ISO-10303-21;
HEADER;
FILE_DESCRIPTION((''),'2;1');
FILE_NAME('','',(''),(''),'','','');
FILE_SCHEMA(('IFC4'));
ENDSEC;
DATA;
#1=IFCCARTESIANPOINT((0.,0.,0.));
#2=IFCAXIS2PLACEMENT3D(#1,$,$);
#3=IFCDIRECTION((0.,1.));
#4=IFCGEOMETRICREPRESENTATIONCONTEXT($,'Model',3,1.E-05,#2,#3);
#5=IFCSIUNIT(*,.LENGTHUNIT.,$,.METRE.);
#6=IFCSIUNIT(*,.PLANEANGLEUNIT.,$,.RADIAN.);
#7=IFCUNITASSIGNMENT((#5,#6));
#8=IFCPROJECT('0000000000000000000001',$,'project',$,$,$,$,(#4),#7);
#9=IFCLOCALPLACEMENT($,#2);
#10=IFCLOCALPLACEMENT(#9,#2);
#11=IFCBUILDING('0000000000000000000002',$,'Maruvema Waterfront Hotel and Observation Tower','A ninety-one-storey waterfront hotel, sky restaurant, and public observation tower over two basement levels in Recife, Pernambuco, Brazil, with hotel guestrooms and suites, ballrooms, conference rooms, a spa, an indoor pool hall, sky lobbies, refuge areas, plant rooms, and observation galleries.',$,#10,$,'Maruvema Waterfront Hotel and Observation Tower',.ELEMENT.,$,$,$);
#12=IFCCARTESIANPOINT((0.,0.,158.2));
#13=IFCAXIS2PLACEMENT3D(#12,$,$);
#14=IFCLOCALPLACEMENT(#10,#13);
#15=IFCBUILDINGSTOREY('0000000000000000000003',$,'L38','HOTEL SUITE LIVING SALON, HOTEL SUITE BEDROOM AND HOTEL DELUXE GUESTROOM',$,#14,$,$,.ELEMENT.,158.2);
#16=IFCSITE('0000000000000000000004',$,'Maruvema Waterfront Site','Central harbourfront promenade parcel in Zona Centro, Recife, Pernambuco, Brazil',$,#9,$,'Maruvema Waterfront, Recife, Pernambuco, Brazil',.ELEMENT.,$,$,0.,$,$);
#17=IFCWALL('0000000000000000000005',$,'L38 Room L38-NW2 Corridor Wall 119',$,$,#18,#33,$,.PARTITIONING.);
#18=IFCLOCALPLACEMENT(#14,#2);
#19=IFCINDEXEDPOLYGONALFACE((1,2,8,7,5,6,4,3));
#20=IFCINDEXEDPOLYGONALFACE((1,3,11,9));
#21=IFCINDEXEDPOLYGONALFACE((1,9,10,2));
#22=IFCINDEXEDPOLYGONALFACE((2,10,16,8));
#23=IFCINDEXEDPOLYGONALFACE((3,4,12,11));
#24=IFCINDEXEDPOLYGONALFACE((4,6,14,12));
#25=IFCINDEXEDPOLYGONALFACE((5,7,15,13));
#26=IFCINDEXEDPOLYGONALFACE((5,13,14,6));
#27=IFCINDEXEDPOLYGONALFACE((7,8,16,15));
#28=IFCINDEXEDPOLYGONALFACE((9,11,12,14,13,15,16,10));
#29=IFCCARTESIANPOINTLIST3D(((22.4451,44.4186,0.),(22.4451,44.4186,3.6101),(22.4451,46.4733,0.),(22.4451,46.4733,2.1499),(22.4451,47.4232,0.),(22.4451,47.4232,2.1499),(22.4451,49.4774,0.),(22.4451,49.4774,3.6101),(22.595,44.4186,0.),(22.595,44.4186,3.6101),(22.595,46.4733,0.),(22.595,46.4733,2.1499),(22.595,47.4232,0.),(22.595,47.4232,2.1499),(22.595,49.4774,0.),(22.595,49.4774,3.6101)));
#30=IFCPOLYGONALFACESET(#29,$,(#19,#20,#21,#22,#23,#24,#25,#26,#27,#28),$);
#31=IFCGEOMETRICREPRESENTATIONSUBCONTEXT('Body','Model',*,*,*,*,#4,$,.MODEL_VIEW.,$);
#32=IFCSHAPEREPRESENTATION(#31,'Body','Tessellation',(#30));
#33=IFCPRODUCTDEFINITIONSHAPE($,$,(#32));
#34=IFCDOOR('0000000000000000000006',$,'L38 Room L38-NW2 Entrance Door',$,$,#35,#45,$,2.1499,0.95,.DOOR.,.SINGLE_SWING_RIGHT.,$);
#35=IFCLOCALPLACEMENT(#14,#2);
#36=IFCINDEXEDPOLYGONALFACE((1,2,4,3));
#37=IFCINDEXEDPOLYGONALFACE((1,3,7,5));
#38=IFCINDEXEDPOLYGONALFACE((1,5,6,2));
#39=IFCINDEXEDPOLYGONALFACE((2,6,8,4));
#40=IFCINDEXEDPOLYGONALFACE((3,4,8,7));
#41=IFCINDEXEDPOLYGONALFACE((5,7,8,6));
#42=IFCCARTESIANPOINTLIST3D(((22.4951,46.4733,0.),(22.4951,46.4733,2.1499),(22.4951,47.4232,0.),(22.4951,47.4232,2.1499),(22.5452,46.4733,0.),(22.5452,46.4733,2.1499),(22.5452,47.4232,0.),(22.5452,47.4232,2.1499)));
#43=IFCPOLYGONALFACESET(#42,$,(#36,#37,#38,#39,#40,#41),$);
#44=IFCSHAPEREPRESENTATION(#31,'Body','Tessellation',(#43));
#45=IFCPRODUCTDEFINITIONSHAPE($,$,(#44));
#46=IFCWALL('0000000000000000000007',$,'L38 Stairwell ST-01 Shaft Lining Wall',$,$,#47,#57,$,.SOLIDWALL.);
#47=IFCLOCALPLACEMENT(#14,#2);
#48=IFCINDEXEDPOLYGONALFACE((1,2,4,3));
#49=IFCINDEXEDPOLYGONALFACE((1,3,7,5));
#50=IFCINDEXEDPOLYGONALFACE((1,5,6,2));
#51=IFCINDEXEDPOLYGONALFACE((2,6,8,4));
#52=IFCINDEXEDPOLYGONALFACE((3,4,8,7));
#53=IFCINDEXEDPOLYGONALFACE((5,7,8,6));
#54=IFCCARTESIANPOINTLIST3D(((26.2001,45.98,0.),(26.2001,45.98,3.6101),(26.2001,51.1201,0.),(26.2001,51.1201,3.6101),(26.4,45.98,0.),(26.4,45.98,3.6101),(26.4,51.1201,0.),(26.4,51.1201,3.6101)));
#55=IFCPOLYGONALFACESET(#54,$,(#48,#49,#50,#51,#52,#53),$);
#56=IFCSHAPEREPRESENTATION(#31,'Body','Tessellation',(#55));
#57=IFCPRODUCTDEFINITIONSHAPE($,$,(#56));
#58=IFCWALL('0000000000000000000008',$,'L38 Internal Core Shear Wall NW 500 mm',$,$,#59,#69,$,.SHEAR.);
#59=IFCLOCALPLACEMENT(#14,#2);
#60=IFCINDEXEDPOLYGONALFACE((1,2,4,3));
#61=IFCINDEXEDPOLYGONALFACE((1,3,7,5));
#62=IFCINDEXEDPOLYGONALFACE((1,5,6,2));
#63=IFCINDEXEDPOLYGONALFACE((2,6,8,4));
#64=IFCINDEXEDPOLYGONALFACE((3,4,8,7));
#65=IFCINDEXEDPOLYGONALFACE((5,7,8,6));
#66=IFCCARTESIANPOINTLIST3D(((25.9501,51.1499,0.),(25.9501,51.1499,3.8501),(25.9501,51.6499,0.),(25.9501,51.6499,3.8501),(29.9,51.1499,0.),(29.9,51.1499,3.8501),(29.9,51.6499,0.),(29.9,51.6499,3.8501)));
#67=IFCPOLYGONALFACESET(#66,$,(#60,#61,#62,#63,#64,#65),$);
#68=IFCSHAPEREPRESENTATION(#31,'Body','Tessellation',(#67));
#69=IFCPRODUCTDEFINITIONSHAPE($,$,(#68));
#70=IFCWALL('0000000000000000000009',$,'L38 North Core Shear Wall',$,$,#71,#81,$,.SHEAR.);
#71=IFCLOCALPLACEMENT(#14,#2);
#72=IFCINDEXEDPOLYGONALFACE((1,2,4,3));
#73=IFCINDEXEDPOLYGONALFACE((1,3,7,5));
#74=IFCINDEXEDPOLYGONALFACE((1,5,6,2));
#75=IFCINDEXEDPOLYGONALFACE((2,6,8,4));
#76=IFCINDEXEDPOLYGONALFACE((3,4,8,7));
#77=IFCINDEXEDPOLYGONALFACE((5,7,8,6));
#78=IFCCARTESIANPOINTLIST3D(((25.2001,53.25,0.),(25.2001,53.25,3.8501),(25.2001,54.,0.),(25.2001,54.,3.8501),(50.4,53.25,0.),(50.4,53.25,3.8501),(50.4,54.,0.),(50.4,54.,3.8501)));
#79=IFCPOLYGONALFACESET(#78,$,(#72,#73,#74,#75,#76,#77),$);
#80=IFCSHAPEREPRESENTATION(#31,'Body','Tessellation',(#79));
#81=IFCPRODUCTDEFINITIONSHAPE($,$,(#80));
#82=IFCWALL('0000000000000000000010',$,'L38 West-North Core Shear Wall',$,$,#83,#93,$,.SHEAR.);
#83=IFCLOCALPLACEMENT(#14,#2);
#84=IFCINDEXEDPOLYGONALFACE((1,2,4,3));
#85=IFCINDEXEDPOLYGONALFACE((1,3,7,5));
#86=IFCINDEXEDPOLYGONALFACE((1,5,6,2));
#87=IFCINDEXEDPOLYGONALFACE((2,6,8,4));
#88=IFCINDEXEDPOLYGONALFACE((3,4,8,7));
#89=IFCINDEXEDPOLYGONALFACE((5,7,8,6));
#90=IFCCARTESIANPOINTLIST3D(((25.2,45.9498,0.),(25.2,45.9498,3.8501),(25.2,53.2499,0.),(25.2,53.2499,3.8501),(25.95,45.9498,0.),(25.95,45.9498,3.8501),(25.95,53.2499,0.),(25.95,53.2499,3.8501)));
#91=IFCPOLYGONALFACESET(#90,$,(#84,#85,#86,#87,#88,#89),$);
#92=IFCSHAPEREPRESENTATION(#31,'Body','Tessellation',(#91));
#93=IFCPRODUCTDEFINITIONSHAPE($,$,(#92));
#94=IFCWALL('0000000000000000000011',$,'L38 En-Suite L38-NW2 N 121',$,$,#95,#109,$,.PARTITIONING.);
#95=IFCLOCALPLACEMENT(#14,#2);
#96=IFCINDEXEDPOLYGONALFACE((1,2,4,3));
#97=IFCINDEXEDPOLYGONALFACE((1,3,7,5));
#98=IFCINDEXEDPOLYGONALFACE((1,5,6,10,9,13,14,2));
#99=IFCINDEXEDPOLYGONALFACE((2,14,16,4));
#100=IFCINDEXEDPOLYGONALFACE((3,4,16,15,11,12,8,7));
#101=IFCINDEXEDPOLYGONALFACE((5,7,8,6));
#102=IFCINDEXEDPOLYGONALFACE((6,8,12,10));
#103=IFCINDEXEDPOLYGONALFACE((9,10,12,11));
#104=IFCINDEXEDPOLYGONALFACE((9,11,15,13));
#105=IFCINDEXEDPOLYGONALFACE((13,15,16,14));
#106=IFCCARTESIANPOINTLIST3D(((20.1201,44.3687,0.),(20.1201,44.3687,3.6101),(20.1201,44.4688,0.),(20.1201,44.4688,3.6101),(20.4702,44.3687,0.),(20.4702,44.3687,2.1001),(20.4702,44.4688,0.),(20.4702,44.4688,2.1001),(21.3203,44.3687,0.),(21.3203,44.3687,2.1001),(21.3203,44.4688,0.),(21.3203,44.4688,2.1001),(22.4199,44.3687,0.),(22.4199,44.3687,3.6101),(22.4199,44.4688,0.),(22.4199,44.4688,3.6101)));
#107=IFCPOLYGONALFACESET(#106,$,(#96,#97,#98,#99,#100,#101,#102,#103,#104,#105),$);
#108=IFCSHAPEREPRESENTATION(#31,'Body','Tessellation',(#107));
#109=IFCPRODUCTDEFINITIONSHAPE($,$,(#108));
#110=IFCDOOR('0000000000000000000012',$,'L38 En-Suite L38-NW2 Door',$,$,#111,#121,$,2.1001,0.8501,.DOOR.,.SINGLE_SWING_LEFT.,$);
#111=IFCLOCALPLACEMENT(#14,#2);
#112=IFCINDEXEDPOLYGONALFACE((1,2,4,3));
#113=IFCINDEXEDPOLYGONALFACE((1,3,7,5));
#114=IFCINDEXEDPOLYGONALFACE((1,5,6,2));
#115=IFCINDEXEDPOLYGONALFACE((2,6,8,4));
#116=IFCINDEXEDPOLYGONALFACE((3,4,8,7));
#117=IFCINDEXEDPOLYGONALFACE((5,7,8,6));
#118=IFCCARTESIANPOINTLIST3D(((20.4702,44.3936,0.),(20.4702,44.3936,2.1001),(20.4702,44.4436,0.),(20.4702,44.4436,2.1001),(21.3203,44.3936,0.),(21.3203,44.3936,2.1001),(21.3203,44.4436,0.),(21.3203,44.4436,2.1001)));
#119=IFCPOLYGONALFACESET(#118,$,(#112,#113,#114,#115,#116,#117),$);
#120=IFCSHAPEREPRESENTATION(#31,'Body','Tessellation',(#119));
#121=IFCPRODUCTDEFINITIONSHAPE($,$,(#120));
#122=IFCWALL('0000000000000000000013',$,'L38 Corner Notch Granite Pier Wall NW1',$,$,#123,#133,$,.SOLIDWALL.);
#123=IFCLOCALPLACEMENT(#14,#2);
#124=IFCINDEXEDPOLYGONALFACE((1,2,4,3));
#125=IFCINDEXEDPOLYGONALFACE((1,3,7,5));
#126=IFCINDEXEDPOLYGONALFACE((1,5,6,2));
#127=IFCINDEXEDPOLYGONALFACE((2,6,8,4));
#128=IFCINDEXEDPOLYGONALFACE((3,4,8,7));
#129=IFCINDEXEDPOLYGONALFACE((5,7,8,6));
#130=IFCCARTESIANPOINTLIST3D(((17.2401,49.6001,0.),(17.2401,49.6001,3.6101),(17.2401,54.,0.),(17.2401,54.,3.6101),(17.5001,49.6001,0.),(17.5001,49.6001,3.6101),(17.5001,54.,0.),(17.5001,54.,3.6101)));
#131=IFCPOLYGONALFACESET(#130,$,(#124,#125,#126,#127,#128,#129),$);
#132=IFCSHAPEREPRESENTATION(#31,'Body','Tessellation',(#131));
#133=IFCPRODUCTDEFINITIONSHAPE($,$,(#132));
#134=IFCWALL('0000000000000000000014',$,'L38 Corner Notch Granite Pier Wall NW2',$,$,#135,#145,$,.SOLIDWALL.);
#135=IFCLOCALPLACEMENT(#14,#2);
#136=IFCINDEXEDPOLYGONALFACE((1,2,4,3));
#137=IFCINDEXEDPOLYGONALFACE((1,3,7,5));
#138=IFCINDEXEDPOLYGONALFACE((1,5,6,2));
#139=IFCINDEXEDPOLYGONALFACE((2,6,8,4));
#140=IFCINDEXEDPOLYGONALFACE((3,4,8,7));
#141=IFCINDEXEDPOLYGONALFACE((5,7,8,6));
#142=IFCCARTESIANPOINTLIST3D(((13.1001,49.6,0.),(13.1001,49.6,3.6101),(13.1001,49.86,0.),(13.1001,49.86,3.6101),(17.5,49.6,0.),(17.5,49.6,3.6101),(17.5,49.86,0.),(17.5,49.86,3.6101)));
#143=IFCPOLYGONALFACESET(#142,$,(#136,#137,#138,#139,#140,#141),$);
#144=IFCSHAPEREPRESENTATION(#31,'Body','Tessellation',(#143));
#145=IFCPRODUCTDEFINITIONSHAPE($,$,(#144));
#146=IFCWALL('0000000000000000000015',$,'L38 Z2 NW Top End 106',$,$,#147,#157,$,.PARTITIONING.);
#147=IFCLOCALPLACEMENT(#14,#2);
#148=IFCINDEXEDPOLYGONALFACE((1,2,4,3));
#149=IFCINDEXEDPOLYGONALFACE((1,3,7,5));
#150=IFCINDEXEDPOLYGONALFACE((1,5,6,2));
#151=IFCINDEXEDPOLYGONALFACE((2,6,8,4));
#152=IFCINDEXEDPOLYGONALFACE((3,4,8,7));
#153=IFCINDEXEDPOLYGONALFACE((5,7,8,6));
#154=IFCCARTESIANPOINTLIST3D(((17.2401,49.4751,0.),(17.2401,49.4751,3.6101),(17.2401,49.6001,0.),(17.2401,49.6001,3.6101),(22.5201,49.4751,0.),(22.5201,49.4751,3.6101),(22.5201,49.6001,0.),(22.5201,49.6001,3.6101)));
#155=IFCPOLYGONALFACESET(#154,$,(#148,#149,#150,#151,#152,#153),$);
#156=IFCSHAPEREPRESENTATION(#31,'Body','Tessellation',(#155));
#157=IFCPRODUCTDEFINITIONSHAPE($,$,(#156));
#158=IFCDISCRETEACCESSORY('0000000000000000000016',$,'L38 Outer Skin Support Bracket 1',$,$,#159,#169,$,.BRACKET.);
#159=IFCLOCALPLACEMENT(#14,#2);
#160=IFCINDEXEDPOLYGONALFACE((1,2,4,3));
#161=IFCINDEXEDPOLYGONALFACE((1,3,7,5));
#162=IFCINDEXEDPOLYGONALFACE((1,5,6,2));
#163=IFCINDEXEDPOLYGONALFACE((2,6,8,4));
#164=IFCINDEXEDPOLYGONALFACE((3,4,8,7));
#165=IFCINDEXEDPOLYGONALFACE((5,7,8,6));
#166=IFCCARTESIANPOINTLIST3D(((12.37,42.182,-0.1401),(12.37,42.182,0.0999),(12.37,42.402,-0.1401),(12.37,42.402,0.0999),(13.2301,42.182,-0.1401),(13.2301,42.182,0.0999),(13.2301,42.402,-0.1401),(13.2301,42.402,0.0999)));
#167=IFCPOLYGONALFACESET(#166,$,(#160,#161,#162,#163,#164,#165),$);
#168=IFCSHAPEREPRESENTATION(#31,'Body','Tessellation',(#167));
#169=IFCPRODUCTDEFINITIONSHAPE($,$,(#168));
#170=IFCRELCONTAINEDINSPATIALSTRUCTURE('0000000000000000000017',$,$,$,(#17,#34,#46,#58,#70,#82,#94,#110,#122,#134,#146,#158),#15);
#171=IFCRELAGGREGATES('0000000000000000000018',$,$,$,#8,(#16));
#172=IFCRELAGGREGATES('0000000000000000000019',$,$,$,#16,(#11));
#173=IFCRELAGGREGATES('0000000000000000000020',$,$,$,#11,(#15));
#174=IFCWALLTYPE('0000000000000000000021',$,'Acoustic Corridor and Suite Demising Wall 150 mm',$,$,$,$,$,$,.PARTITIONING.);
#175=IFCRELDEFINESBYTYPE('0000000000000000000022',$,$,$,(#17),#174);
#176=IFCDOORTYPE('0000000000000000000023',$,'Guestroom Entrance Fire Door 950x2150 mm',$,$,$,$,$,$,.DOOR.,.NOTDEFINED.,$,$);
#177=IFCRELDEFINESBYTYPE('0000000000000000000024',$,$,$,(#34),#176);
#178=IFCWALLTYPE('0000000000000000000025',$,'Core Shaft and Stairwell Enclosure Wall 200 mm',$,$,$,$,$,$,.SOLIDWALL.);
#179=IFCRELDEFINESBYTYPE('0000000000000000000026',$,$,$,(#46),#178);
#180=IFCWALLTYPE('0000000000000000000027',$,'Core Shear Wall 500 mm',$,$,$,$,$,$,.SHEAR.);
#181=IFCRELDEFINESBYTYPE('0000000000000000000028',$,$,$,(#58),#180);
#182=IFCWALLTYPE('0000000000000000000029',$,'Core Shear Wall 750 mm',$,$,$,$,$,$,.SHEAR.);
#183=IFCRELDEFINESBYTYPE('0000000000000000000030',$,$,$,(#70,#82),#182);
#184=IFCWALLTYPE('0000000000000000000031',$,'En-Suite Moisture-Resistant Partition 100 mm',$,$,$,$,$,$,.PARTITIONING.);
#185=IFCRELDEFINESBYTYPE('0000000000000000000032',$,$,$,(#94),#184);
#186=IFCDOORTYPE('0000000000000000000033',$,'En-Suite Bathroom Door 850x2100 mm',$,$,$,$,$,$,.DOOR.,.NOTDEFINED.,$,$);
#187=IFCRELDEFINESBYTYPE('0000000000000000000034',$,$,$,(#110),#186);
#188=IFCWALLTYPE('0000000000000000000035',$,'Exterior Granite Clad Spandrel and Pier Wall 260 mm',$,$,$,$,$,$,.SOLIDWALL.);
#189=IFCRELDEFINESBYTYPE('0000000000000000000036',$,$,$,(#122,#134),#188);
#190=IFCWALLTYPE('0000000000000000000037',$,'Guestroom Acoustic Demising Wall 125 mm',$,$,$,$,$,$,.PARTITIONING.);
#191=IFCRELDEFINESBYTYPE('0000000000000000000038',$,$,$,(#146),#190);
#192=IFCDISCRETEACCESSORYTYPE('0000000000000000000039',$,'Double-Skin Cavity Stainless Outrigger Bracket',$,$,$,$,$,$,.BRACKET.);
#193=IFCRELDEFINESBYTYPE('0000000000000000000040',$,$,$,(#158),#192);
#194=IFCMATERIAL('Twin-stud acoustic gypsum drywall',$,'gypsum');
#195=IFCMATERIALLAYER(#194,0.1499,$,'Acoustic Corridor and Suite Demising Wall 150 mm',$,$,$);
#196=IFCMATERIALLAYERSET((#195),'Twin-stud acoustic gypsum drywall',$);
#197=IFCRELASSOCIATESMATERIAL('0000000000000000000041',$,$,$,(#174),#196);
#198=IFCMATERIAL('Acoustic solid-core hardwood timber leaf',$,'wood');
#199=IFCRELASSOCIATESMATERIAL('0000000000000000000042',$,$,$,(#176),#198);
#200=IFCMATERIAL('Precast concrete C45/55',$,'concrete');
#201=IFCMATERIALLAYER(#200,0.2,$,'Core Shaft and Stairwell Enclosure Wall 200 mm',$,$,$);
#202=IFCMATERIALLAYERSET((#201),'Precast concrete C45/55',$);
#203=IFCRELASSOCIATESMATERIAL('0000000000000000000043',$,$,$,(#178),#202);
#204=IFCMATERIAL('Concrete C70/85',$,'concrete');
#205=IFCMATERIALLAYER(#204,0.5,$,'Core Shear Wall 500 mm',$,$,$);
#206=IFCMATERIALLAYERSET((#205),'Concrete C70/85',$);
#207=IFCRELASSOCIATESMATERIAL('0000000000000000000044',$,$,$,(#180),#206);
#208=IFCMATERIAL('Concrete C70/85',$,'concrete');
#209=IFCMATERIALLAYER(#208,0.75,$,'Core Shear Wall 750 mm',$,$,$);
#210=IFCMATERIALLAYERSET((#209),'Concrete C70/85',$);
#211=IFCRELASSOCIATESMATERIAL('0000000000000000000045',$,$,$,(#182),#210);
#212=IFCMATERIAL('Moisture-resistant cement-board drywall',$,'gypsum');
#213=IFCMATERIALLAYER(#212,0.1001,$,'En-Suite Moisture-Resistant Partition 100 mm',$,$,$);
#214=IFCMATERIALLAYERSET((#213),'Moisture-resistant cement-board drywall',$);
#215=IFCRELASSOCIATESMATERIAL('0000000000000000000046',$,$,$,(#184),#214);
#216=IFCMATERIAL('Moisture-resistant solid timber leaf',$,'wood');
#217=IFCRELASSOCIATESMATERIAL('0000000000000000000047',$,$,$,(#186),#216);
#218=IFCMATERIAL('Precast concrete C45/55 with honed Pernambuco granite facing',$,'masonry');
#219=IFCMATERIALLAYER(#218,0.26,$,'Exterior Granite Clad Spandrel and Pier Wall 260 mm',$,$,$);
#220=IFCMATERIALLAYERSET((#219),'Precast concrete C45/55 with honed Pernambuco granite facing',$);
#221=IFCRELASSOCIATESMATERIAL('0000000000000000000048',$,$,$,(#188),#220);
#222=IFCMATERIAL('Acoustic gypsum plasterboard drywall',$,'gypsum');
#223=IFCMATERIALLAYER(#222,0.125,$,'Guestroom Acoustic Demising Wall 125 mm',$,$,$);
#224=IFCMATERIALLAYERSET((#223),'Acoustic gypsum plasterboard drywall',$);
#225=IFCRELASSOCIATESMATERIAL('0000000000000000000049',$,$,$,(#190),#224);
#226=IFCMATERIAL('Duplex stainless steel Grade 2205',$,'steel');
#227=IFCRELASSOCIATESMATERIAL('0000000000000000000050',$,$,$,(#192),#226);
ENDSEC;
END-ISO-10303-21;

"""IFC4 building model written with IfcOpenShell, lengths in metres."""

from ifc_helpers import new_model, si_unit, direction, frame, frame_2d, origin, origin_2d, place, context, subcontext, project, spatial, rectangle, extrude, material, layer, layer_set, type_object, element, fill, save


model = new_model("IFC4")

# Units and contexts
model_context = context("Model", 3, precision=1e-05, world=origin(), true_north=direction((0.0, 1.0)))
body_context = subcontext(model_context, "Body", "Model", "MODEL_VIEW")
ifc_project = project(units=[si_unit("LENGTHUNIT", "METRE"), si_unit("PLANEANGLEUNIT", "RADIAN")], contexts=[model_context])

# Site, building, storey
site_placement = place(None, origin())
site = spatial("IfcSite", under=ifc_project, at=site_placement, Name="Maruvema Waterfront Site", Description="Central harbourfront promenade parcel in Zona Centro, Recife, Pernambuco, Brazil", LongName="Maruvema Waterfront, Recife, Pernambuco, Brazil", CompositionType="ELEMENT", RefElevation=0.0)
building_placement = place(site_placement, origin())
building = spatial("IfcBuilding", under=site, at=building_placement, Name="Maruvema Waterfront Hotel and Observation Tower", Description="A ninety-one-storey waterfront hotel, sky restaurant, and public observation tower over two basement levels in Recife, Pernambuco, Brazil, with hotel guestrooms and suites, ballrooms, conference rooms, a spa, an indoor pool hall, sky lobbies, refuge areas, plant rooms, and observation galleries.", LongName="Maruvema Waterfront Hotel and Observation Tower", CompositionType="ELEMENT")
storey_placement = place(building_placement, frame((0.0, 0.0, 158.2)))
storey = spatial("IfcBuildingStorey", under=building, at=storey_placement, Name="L38", Description="HOTEL SUITE LIVING SALON, HOTEL SUITE BEDROOM AND HOTEL DELUXE GUESTROOM", CompositionType="ELEMENT", Elevation=158.2)

# Wall, opening, door
ifc_material_1 = material(Name="Twin-stud acoustic gypsum drywall", Category="gypsum")
ifc_layer_1 = layer(ifc_material_1, 0.1499, Name="Acoustic Corridor and Suite Demising Wall 150 mm")
ifc_layer_set_1 = layer_set([ifc_layer_1], Name="Twin-stud acoustic gypsum drywall")
wall_type_1 = type_object("IfcWallType", Name="Acoustic Corridor and Suite Demising Wall 150 mm", PredefinedType="PARTITIONING", material=ifc_layer_set_1)
wall_1_placement = place(storey_placement, frame((22.52, 44.4187, 0.0), z_axis=(0.0, 0.0, 1.0), x_axis=(0.0, 1.0, 0.0)))
wall_1 = element("IfcWall", 1, at=wall_1_placement, inside=storey, type_object=wall_type_1, Name="L38 Room L38-NW2 Corridor Wall 119", PredefinedType="PARTITIONING", context=body_context, shape_type="SweptSolid", body=[
    extrude(rectangle(XDim=5.0588, YDim=0.1499, at=frame_2d((2.5293, 0.0))), origin(), (0.0, 0.0, 1.0), 3.6101),
])
opening_1_placement = place(wall_1_placement, frame((2.0544, 0.0, 0.0)))
opening_1 = element("IfcOpeningElement", 2, at=opening_1_placement, cuts=wall_1, PredefinedType="OPENING", context=body_context, shape_type="SweptSolid", body=[
    extrude(rectangle(XDim=0.95, YDim=2.1499, at=frame_2d((0.4751, 1.075))), frame((0.0, 0.085, 0.0), z_axis=(0.0, -1.0, 0.0), x_axis=(1.0, 0.0, 0.0)), (0.0, 0.0, 1.0), 0.1699),
])
ifc_material_2 = material(Name="Acoustic solid-core hardwood timber leaf", Category="wood")
door_type_1 = type_object("IfcDoorType", Name="Guestroom Entrance Fire Door 950x2150 mm", OperationType="NOTDEFINED", PredefinedType="DOOR", material=ifc_material_2)
door_1_placement = place(opening_1_placement, origin())
door_1 = element("IfcDoor", 3, at=door_1_placement, inside=storey, type_object=door_type_1, Name="L38 Room L38-NW2 Entrance Door", OperationType="SINGLE_SWING_RIGHT", OverallHeight=2.1499, OverallWidth=0.95, PredefinedType="DOOR", context=body_context, shape_type="SweptSolid", body=[
    extrude(rectangle(XDim=0.95, YDim=2.1499, at=frame_2d((0.4751, 1.075))), frame((0.0, 0.0249, 0.0), z_axis=(0.0, -1.0, 0.0), x_axis=(1.0, 0.0, 0.0)), (0.0, 0.0, 1.0), 0.05),
])
fill(opening_1, door_1)

# Walls
ifc_material_3 = material(Name="Precast concrete C45/55", Category="concrete")
ifc_layer_2 = layer(ifc_material_3, 0.2, Name="Core Shaft and Stairwell Enclosure Wall 200 mm")
ifc_layer_set_2 = layer_set([ifc_layer_2], Name="Precast concrete C45/55")
wall_type_2 = type_object("IfcWallType", Name="Core Shaft and Stairwell Enclosure Wall 200 mm", PredefinedType="SOLIDWALL", material=ifc_layer_set_2)
wall_2_placement = place(storey_placement, frame((26.3, 45.98, 0.0), z_axis=(0.0, 0.0, 1.0), x_axis=(0.0, 1.0, 0.0)))
element("IfcWall", 4, at=wall_2_placement, inside=storey, type_object=wall_type_2, Name="L38 Stairwell ST-01 Shaft Lining Wall", PredefinedType="SOLIDWALL", context=body_context, shape_type="SweptSolid", body=[
    extrude(rectangle(XDim=5.1401, YDim=0.2, at=frame_2d((2.5701, 0.0))), origin(), (0.0, 0.0, 1.0), 3.6101),
])
ifc_material_4 = material(Name="Concrete C70/85", Category="concrete")
ifc_layer_3 = layer(ifc_material_4, 0.5, Name="Core Shear Wall 500 mm")
ifc_layer_set_3 = layer_set([ifc_layer_3], Name="Concrete C70/85")
wall_type_3 = type_object("IfcWallType", Name="Core Shear Wall 500 mm", PredefinedType="SHEAR", material=ifc_layer_set_3)
wall_3_placement = place(storey_placement, frame((25.95, 51.3999, 0.0), z_axis=(0.0, 0.0, 1.0), x_axis=(1.0, 0.0, 0.0)))
element("IfcWall", 5, at=wall_3_placement, inside=storey, type_object=wall_type_3, Name="L38 Internal Core Shear Wall NW 500 mm", PredefinedType="SHEAR", context=body_context, shape_type="SweptSolid", body=[
    extrude(rectangle(XDim=3.95, YDim=0.5, at=frame_2d((1.9751, 0.0))), origin(), (0.0, 0.0, 1.0), 3.8501),
])
ifc_material_5 = material(Name="Concrete C70/85", Category="concrete")
ifc_layer_4 = layer(ifc_material_5, 0.75, Name="Core Shear Wall 750 mm")
ifc_layer_set_4 = layer_set([ifc_layer_4], Name="Concrete C70/85")
wall_type_4 = type_object("IfcWallType", Name="Core Shear Wall 750 mm", PredefinedType="SHEAR", material=ifc_layer_set_4)
wall_4_placement = place(storey_placement, frame((25.2, 53.625, 0.0), z_axis=(0.0, 0.0, 1.0), x_axis=(1.0, 0.0, 0.0)))
element("IfcWall", 6, at=wall_4_placement, inside=storey, type_object=wall_type_4, Name="L38 North Core Shear Wall", PredefinedType="SHEAR", context=body_context, shape_type="SweptSolid", body=[
    extrude(rectangle(XDim=25.2, YDim=0.75, at=frame_2d((12.6001, 0.0))), origin(), (0.0, 0.0, 1.0), 3.8501),
])
wall_5_placement = place(storey_placement, frame((25.575, 45.95, 0.0), z_axis=(0.0, 0.0, 1.0), x_axis=(0.0, 1.0, 0.0)))
element("IfcWall", 7, at=wall_5_placement, inside=storey, type_object=wall_type_4, Name="L38 West-North Core Shear Wall", PredefinedType="SHEAR", context=body_context, shape_type="SweptSolid", body=[
    extrude(rectangle(XDim=7.3, YDim=0.75, at=frame_2d((3.6499, 0.0))), origin(), (0.0, 0.0, 1.0), 3.8501),
])

# Wall, opening, door
ifc_material_6 = material(Name="Moisture-resistant cement-board drywall", Category="gypsum")
ifc_layer_5 = layer(ifc_material_6, 0.1001, Name="En-Suite Moisture-Resistant Partition 100 mm")
ifc_layer_set_5 = layer_set([ifc_layer_5], Name="Moisture-resistant cement-board drywall")
wall_type_5 = type_object("IfcWallType", Name="En-Suite Moisture-Resistant Partition 100 mm", PredefinedType="PARTITIONING", material=ifc_layer_set_5)
wall_6_placement = place(storey_placement, frame((20.1201, 44.4187, 0.0), z_axis=(0.0, 0.0, 1.0), x_axis=(1.0, 0.0, 0.0)))
wall_6 = element("IfcWall", 8, at=wall_6_placement, inside=storey, type_object=wall_type_5, Name="L38 En-Suite L38-NW2 N 121", PredefinedType="PARTITIONING", context=body_context, shape_type="SweptSolid", body=[
    extrude(rectangle(XDim=2.2998, YDim=0.1001, at=frame_2d((1.1499, 0.0))), origin(), (0.0, 0.0, 1.0), 3.6101),
])
opening_2_placement = place(wall_6_placement, frame((0.3501, 0.0, 0.0)))
opening_2 = element("IfcOpeningElement", 9, at=opening_2_placement, cuts=wall_6, PredefinedType="OPENING", context=body_context, shape_type="SweptSolid", body=[
    extrude(rectangle(XDim=0.8501, YDim=2.1001, at=frame_2d((0.425, 1.05))), frame((0.0, 0.0601, 0.0), z_axis=(0.0, -1.0, 0.0), x_axis=(1.0, 0.0, 0.0)), (0.0, 0.0, 1.0), 0.1201),
])
ifc_material_7 = material(Name="Moisture-resistant solid timber leaf", Category="wood")
door_type_2 = type_object("IfcDoorType", Name="En-Suite Bathroom Door 850x2100 mm", OperationType="NOTDEFINED", PredefinedType="DOOR", material=ifc_material_7)
door_2_placement = place(opening_2_placement, origin())
door_2 = element("IfcDoor", 10, at=door_2_placement, inside=storey, type_object=door_type_2, Name="L38 En-Suite L38-NW2 Door", OperationType="SINGLE_SWING_LEFT", OverallHeight=2.1001, OverallWidth=0.8501, PredefinedType="DOOR", context=body_context, shape_type="SweptSolid", body=[
    extrude(rectangle(XDim=0.8501, YDim=2.1001, at=frame_2d((0.425, 1.05))), frame((0.0, 0.0249, 0.0), z_axis=(0.0, -1.0, 0.0), x_axis=(1.0, 0.0, 0.0)), (0.0, 0.0, 1.0), 0.05),
])
fill(opening_2, door_2)

# Walls
ifc_material_8 = material(Name="Precast concrete C45/55 with honed Pernambuco granite facing", Category="masonry")
ifc_layer_6 = layer(ifc_material_8, 0.26, Name="Exterior Granite Clad Spandrel and Pier Wall 260 mm")
ifc_layer_set_6 = layer_set([ifc_layer_6], Name="Precast concrete C45/55 with honed Pernambuco granite facing")
wall_type_6 = type_object("IfcWallType", Name="Exterior Granite Clad Spandrel and Pier Wall 260 mm", PredefinedType="SOLIDWALL", material=ifc_layer_set_6)
for number, where, z_axis, x_axis, name in (
    (11, (17.3701, 49.6001, 0.0), (0.0, 0.0, 1.0), (0.0, 1.0, 0.0), "L38 Corner Notch Granite Pier Wall NW1"),
    (12, (13.1001, 49.73, 0.0), (0.0, 0.0, 1.0), (1.0, 0.0, 0.0), "L38 Corner Notch Granite Pier Wall NW2"),
):
    element("IfcWall", number, at=place(storey_placement, frame(where, z_axis=z_axis, x_axis=x_axis)), inside=storey, type_object=wall_type_6, Name=name, PredefinedType="SOLIDWALL", context=body_context, shape_type="SweptSolid", body=[
        extrude(rectangle(XDim=4.3999, YDim=0.26, at=frame_2d((2.2, 0.0))), origin(), (0.0, 0.0, 1.0), 3.6101),
    ])
ifc_material_9 = material(Name="Acoustic gypsum plasterboard drywall", Category="gypsum")
ifc_layer_7 = layer(ifc_material_9, 0.125, Name="Guestroom Acoustic Demising Wall 125 mm")
ifc_layer_set_7 = layer_set([ifc_layer_7], Name="Acoustic gypsum plasterboard drywall")
wall_type_7 = type_object("IfcWallType", Name="Guestroom Acoustic Demising Wall 125 mm", PredefinedType="PARTITIONING", material=ifc_layer_set_7)
wall_7_placement = place(storey_placement, frame((17.24, 49.5376, 0.0), z_axis=(0.0, 0.0, 1.0), x_axis=(1.0, 0.0, 0.0)))
element("IfcWall", 13, at=wall_7_placement, inside=storey, type_object=wall_type_7, Name="L38 Z2 NW Top End 106", PredefinedType="PARTITIONING", context=body_context, shape_type="SweptSolid", body=[
    extrude(rectangle(XDim=5.28, YDim=0.125, at=frame_2d((2.6401, 0.0))), origin(), (0.0, 0.0, 1.0), 3.6101),
])

# Discrete accessory
ifc_material_10 = material(Name="Duplex stainless steel Grade 2205", Category="steel")
discrete_accessory_type = type_object("IfcDiscreteAccessoryType", Name="Double-Skin Cavity Stainless Outrigger Bracket", PredefinedType="BRACKET", material=ifc_material_10)
discrete_accessory_placement = place(storey_placement, frame((12.8, 42.292, -0.1401), z_axis=(0.0, 0.0, 1.0), x_axis=(0.0, -1.0, 0.0)))
element("IfcDiscreteAccessory", 14, at=discrete_accessory_placement, inside=storey, type_object=discrete_accessory_type, Name="L38 Outer Skin Support Bracket 1", PredefinedType="BRACKET", context=body_context, shape_type="SweptSolid", body=[
    extrude(rectangle(XDim=0.22, YDim=0.8601, at=origin_2d()), origin(), (0.0, 0.0, 1.0), 0.24),
])

save(model, "model.ifc")
